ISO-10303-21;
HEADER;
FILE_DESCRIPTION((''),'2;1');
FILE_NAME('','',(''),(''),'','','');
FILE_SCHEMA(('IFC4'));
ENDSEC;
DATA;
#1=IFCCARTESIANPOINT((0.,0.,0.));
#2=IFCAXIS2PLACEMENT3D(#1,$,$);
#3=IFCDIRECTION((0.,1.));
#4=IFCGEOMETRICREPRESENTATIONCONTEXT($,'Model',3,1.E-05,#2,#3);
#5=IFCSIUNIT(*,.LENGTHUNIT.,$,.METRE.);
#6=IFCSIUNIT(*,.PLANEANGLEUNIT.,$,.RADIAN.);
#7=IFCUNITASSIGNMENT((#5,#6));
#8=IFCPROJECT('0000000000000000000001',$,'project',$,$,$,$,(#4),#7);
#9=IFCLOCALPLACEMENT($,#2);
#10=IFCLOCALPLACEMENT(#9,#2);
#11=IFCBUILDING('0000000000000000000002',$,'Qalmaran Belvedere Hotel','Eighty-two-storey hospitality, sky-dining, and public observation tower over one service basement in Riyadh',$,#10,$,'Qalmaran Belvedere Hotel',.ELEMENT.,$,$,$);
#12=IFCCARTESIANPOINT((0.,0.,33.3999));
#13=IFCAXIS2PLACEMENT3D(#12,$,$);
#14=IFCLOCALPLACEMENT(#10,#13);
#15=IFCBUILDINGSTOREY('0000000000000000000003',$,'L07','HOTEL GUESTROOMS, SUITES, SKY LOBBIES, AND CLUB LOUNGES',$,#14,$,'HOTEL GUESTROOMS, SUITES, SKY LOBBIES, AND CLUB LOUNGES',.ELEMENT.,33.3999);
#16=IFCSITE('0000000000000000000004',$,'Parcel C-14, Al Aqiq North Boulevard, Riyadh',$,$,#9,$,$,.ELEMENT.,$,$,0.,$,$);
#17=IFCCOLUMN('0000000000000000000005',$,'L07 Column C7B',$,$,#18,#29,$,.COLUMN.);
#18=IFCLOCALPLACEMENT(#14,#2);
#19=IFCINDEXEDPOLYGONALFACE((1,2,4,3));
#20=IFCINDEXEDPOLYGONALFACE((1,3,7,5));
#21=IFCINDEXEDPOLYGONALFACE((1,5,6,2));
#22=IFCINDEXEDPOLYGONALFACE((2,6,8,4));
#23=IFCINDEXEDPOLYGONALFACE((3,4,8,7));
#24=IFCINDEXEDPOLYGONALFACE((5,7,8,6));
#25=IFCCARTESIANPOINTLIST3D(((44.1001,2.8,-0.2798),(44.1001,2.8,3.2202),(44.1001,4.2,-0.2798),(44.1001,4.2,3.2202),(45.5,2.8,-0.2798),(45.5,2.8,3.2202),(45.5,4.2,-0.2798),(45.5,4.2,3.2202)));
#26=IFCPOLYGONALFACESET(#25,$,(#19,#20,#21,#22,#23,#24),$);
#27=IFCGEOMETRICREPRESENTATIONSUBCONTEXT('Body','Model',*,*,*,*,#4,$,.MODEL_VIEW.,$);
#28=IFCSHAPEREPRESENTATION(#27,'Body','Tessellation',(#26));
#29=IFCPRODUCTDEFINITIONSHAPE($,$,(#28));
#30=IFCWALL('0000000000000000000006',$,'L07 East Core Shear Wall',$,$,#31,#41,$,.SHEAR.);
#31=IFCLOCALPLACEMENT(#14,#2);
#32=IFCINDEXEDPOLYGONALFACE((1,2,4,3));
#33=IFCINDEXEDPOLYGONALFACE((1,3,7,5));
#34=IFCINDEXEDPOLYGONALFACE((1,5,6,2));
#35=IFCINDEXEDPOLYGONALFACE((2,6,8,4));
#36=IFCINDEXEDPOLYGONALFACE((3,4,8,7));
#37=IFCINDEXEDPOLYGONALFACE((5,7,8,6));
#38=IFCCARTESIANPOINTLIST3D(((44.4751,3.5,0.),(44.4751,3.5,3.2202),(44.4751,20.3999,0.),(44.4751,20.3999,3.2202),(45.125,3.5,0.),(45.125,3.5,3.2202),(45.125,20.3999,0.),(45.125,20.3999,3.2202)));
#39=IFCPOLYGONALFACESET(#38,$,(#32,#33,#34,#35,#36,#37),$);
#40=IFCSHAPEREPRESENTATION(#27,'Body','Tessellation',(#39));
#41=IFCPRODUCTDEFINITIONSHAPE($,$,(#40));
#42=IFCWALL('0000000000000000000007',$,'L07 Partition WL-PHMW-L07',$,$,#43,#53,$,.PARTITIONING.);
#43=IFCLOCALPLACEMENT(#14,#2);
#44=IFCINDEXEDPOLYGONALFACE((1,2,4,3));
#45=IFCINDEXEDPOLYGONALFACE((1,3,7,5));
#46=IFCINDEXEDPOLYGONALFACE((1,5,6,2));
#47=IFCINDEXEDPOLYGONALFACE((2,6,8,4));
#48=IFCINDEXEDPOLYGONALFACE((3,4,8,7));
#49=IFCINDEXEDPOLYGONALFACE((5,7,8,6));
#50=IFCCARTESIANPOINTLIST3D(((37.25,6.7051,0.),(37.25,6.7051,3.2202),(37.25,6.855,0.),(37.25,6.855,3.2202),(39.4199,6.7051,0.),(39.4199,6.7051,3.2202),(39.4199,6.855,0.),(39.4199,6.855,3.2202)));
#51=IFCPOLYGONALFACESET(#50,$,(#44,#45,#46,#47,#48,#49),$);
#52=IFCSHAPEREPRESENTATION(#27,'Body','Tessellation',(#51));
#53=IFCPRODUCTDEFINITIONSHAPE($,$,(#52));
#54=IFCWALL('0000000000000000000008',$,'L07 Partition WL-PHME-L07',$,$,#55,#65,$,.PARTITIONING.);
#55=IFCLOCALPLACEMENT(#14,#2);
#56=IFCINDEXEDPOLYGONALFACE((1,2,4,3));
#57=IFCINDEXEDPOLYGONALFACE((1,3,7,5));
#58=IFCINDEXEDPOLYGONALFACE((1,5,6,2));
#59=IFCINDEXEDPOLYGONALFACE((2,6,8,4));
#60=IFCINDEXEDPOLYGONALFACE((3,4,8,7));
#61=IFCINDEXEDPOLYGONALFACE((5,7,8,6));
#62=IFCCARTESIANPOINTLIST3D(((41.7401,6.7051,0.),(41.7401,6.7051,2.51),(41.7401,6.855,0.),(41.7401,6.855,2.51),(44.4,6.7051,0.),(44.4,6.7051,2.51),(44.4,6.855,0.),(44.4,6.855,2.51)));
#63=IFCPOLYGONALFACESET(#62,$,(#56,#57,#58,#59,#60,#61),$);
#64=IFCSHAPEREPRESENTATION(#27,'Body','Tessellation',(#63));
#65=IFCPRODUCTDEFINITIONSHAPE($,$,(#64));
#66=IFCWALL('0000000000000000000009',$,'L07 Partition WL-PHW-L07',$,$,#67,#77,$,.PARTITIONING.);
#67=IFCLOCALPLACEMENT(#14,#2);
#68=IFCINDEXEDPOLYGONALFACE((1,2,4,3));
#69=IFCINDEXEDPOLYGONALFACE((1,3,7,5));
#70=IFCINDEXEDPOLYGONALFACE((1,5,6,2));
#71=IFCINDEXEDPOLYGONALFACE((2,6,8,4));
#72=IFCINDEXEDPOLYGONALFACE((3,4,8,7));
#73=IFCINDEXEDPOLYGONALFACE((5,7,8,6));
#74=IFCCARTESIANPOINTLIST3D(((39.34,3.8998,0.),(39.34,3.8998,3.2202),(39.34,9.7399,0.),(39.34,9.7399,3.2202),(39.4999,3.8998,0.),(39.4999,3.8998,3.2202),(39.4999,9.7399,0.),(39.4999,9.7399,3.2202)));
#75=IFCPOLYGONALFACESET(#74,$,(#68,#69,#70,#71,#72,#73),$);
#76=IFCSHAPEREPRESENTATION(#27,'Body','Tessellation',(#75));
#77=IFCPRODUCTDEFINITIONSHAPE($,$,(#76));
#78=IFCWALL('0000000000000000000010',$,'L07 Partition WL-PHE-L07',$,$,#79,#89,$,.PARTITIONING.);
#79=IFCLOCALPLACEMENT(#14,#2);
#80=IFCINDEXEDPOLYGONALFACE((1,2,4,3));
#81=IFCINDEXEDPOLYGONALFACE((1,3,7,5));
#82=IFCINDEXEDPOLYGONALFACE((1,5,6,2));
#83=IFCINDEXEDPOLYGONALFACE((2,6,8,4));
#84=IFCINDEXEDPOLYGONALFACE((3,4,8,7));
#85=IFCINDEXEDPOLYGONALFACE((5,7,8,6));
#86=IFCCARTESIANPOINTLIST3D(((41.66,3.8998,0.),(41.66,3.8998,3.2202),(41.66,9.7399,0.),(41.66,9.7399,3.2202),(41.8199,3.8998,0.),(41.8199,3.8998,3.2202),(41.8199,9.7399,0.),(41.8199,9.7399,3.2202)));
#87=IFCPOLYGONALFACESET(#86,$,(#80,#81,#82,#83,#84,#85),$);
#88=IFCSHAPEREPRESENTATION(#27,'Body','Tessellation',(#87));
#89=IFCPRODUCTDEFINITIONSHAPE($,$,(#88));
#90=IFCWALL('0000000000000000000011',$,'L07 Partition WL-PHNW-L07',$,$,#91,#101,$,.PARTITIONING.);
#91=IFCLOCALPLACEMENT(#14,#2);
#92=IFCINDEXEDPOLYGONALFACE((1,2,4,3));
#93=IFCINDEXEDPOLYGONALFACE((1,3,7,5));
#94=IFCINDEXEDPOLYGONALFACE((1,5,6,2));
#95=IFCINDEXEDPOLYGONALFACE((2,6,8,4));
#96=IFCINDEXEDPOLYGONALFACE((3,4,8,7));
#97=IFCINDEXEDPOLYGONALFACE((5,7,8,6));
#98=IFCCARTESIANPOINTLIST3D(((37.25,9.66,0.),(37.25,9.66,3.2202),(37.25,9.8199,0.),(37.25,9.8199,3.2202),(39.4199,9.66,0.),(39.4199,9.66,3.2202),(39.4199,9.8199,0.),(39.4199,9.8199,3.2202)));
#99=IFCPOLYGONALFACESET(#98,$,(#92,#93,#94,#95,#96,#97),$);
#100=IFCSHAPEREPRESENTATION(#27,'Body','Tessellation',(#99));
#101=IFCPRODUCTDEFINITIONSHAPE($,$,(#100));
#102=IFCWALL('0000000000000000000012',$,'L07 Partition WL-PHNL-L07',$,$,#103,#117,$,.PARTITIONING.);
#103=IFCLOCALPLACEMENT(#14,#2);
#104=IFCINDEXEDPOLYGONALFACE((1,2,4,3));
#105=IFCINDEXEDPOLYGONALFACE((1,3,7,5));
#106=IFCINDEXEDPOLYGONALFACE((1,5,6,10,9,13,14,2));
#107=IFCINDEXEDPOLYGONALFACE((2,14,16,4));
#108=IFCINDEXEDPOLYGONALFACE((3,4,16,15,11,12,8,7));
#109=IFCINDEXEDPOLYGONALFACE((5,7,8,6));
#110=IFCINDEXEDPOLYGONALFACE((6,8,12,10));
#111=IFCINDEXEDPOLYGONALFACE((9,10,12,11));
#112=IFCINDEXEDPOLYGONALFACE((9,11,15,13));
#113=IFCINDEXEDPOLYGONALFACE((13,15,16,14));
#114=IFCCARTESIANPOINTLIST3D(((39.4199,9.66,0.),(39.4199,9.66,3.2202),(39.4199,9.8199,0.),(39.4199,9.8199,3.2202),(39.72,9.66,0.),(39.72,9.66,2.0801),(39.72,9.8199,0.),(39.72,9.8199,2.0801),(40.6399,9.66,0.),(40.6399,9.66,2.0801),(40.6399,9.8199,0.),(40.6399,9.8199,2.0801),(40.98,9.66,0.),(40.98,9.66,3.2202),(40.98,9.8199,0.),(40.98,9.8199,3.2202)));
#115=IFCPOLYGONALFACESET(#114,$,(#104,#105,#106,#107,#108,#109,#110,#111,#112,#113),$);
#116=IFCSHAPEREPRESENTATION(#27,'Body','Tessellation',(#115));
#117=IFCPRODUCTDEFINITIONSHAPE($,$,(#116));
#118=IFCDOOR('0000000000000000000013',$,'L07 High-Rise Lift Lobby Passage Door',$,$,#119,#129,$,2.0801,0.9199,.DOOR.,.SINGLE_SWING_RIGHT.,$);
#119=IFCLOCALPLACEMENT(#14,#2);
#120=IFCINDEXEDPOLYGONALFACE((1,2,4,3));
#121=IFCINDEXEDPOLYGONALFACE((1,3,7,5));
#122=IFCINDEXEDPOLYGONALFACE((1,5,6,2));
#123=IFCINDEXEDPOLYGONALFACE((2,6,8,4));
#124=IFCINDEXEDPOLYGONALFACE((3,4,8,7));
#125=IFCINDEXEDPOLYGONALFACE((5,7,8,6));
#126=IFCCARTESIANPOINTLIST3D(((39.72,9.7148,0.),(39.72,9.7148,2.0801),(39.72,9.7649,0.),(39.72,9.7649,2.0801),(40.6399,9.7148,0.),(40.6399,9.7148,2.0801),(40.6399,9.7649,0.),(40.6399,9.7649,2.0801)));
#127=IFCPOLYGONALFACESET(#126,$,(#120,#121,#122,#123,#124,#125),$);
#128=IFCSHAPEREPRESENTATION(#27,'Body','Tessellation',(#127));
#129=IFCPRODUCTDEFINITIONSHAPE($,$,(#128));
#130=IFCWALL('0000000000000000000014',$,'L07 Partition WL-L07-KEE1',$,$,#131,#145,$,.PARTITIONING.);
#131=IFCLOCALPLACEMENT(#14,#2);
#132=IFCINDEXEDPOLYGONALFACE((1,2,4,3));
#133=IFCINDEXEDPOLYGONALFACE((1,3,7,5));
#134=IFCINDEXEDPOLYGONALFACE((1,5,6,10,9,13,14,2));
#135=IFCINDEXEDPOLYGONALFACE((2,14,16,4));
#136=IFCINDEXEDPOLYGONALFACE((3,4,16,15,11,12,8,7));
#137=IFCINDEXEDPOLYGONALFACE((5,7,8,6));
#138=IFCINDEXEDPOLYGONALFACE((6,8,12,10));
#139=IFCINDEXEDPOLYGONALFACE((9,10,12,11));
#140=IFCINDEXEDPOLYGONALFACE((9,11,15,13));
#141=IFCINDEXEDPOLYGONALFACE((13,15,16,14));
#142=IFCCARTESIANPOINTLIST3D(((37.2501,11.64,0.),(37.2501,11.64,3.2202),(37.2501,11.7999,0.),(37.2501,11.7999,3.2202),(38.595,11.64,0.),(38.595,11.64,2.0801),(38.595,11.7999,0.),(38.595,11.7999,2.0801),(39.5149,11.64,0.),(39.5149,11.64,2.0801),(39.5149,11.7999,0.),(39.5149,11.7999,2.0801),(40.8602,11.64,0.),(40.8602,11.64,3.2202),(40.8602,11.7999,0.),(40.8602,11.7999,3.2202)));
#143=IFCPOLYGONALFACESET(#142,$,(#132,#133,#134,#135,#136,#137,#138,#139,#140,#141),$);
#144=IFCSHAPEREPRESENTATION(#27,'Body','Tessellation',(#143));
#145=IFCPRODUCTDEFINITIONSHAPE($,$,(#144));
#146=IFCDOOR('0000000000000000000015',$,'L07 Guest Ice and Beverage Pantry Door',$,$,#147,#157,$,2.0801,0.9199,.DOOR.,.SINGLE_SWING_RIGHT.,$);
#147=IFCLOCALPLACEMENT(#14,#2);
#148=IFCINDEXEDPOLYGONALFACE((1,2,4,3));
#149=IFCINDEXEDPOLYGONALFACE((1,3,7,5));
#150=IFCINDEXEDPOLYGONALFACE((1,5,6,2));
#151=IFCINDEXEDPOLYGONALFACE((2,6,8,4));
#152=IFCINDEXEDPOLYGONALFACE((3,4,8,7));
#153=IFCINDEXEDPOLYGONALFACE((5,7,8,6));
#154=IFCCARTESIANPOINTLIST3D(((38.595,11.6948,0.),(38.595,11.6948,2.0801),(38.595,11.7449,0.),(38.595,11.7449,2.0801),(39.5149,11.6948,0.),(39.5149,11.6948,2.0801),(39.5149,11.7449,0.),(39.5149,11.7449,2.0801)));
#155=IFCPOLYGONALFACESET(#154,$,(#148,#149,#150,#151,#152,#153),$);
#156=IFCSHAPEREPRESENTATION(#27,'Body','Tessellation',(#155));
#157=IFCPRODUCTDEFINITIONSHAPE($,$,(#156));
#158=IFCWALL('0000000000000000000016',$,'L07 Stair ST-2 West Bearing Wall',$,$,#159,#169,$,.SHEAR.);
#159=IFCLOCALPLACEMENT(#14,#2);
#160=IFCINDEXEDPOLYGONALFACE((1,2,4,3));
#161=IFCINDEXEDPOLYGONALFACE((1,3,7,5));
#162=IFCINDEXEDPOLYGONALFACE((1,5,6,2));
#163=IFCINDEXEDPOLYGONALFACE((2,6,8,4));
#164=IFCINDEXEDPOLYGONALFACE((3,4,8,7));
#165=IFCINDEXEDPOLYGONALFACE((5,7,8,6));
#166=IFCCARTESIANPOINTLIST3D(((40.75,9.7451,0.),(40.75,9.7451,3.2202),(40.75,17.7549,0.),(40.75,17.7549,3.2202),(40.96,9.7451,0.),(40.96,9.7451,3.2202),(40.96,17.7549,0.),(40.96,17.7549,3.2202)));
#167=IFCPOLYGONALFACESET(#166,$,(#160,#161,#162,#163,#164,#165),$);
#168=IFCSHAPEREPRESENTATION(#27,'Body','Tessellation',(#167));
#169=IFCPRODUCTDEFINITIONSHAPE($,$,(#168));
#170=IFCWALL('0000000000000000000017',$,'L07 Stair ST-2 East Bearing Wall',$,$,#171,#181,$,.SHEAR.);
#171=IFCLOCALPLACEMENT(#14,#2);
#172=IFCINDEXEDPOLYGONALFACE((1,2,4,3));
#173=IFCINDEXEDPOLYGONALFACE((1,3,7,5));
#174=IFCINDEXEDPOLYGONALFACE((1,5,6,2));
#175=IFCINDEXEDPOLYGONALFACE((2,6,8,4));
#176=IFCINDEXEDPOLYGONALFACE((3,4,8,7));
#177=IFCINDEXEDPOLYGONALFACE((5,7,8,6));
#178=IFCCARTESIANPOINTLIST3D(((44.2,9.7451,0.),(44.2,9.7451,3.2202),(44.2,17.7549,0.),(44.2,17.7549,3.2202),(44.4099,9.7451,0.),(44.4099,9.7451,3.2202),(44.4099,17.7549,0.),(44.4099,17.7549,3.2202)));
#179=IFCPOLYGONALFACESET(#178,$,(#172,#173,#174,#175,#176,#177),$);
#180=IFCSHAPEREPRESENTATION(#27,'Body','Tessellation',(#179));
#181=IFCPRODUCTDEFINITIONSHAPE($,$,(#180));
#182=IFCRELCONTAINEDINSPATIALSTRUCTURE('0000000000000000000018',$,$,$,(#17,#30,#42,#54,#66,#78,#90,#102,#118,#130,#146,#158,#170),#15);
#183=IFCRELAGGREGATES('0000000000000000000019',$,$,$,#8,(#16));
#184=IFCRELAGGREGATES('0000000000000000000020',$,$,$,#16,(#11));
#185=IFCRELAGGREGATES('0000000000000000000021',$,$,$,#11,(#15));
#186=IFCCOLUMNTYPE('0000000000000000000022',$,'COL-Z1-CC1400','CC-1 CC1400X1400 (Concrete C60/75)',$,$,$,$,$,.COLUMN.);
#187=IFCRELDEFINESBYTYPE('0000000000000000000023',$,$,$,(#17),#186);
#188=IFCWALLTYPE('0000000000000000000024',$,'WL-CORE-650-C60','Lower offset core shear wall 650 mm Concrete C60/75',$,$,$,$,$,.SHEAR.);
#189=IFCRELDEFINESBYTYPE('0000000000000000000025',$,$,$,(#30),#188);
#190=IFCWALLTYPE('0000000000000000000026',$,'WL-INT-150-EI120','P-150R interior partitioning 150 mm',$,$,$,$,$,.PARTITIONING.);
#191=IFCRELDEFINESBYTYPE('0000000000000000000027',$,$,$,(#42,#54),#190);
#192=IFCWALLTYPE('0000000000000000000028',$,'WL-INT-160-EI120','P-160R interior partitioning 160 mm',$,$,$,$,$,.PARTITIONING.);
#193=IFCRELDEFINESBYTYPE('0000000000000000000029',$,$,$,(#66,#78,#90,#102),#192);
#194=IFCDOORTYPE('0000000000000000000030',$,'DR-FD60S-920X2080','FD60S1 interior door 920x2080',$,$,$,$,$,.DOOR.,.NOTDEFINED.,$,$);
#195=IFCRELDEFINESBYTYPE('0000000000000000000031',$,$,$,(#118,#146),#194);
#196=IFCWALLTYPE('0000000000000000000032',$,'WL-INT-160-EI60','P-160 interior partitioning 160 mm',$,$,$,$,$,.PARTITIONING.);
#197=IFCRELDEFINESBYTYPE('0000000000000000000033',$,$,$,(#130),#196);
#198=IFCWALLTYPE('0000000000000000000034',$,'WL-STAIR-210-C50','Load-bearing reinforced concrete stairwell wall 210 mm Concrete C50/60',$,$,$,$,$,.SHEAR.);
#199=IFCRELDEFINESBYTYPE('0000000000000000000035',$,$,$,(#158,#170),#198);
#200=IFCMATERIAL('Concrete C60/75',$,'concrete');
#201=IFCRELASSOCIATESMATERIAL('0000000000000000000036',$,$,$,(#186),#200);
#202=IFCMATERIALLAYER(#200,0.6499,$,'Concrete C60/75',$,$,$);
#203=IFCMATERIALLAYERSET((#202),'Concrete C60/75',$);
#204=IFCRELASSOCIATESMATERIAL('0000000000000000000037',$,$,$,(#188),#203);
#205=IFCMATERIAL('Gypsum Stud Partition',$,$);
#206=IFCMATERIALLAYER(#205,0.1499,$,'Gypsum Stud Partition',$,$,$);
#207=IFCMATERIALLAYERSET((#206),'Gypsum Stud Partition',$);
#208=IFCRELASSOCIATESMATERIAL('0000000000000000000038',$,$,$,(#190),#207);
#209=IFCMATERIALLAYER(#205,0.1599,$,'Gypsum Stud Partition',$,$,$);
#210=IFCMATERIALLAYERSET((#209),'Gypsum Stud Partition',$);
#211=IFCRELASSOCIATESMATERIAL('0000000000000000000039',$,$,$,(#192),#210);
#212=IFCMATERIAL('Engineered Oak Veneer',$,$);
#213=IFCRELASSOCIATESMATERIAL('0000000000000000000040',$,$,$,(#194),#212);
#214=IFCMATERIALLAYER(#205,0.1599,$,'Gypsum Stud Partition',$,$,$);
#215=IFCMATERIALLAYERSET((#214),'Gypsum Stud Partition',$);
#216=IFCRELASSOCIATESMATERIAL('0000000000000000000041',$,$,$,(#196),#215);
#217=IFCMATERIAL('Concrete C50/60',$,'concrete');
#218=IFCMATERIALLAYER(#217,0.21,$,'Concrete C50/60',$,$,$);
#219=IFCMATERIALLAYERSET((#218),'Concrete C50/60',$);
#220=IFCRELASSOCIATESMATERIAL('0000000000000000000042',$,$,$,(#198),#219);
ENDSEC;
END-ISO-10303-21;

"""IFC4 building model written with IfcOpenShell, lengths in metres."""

from ifc_helpers import new_model, si_unit, direction, frame, frame_2d, origin, origin_2d, place, context, subcontext, project, spatial, rectangle, extrude, material, layer, layer_set, material_profile, profile_set, type_object, element, fill, save


model = new_model("IFC4")

# Units and contexts
model_context = context("Model", 3, precision=1e-05, world=origin(), true_north=direction((0.0, 1.0)))
body_context = subcontext(model_context, "Body", "Model", "MODEL_VIEW")
ifc_project = project(units=[si_unit("LENGTHUNIT", "METRE"), si_unit("PLANEANGLEUNIT", "RADIAN")], contexts=[model_context])

# Site, building, storey
site_placement = place(None, origin())
site = spatial("IfcSite", under=ifc_project, at=site_placement, Name="Parcel C-14, Al Aqiq North Boulevard, Riyadh", CompositionType="ELEMENT", RefElevation=0.0)
building_placement = place(site_placement, origin())
building = spatial("IfcBuilding", under=site, at=building_placement, Name="Qalmaran Belvedere Hotel", Description="Eighty-two-storey hospitality, sky-dining, and public observation tower over one service basement in Riyadh", LongName="Qalmaran Belvedere Hotel", CompositionType="ELEMENT")
storey_placement = place(building_placement, frame((0.0, 0.0, 33.3999)))
storey = spatial("IfcBuildingStorey", under=building, at=storey_placement, Name="L07", Description="HOTEL GUESTROOMS, SUITES, SKY LOBBIES, AND CLUB LOUNGES", LongName="HOTEL GUESTROOMS, SUITES, SKY LOBBIES, AND CLUB LOUNGES", CompositionType="ELEMENT", Elevation=33.3999)

# Column
ifc_material_1 = material(Name="Concrete C60/75", Category="concrete")
ifc_material_profile = material_profile(ifc_material_1, rectangle(XDim=1.3999, YDim=1.3999, at=origin_2d()), Name="CC1400X1400")
ifc_profile_set = profile_set([ifc_material_profile], Name="Concrete C60/75")
column_type = type_object("IfcColumnType", Name="COL-Z1-CC1400", Description="CC-1 CC1400X1400 (Concrete C60/75)", PredefinedType="COLUMN", material=ifc_profile_set)
column_placement = place(storey_placement, frame((44.8, 3.5, -0.2798), z_axis=(0.0, 0.0, 1.0), x_axis=(1.0, 0.0, 0.0)))
element("IfcColumn", 1, at=column_placement, inside=storey, type_object=column_type, Name="L07 Column C7B", PredefinedType="COLUMN", context=body_context, shape_type="SweptSolid", body=[
    extrude(rectangle(XDim=1.3999, YDim=1.3999, at=origin_2d()), origin(), (0.0, 0.0, 1.0), 3.5),
])

# Walls
ifc_layer_1 = layer(ifc_material_1, 0.6499, Name="Concrete C60/75")
ifc_layer_set_1 = layer_set([ifc_layer_1], Name="Concrete C60/75")
wall_type_1 = type_object("IfcWallType", Name="WL-CORE-650-C60", Description="Lower offset core shear wall 650 mm Concrete C60/75", PredefinedType="SHEAR", material=ifc_layer_set_1)
wall_1_placement = place(storey_placement, frame((44.8, 3.5, 0.0), z_axis=(0.0, 0.0, 1.0), x_axis=(0.0, 1.0, 0.0)))
element("IfcWall", 2, at=wall_1_placement, inside=storey, type_object=wall_type_1, Name="L07 East Core Shear Wall", PredefinedType="SHEAR", context=body_context, shape_type="SweptSolid", body=[
    extrude(rectangle(XDim=16.8999, YDim=0.6499, at=frame_2d((8.45, 0.0))), origin(), (0.0, 0.0, 1.0), 3.2202),
])
ifc_material_2 = material(Name="Gypsum Stud Partition")
ifc_layer_2 = layer(ifc_material_2, 0.1499, Name="Gypsum Stud Partition")
ifc_layer_set_2 = layer_set([ifc_layer_2], Name="Gypsum Stud Partition")
wall_type_2 = type_object("IfcWallType", Name="WL-INT-150-EI120", Description="P-150R interior partitioning 150 mm", PredefinedType="PARTITIONING", material=ifc_layer_set_2)
wall_2_placement = place(storey_placement, frame((37.25, 6.78, 0.0), z_axis=(0.0, 0.0, 1.0), x_axis=(1.0, 0.0, 0.0)))
element("IfcWall", 3, at=wall_2_placement, inside=storey, type_object=wall_type_2, Name="L07 Partition WL-PHMW-L07", PredefinedType="PARTITIONING", context=body_context, shape_type="SweptSolid", body=[
    extrude(rectangle(XDim=2.1699, YDim=0.1499, at=frame_2d((1.085, 0.0))), origin(), (0.0, 0.0, 1.0), 3.2202),
])
wall_3_placement = place(storey_placement, frame((41.74, 6.78, 0.0), z_axis=(0.0, 0.0, 1.0), x_axis=(1.0, 0.0, 0.0)))
element("IfcWall", 4, at=wall_3_placement, inside=storey, type_object=wall_type_2, Name="L07 Partition WL-PHME-L07", PredefinedType="PARTITIONING", context=body_context, shape_type="SweptSolid", body=[
    extrude(rectangle(XDim=2.6599, YDim=0.1499, at=frame_2d((1.3301, 0.0))), origin(), (0.0, 0.0, 1.0), 2.51),
])
ifc_layer_3 = layer(ifc_material_2, 0.1599, Name="Gypsum Stud Partition")
ifc_layer_set_3 = layer_set([ifc_layer_3], Name="Gypsum Stud Partition")
wall_type_3 = type_object("IfcWallType", Name="WL-INT-160-EI120", Description="P-160R interior partitioning 160 mm", PredefinedType="PARTITIONING", material=ifc_layer_set_3)
for number, where, z_axis, x_axis, name in (
    (5, (39.4199, 3.8999, 0.0), (0.0, 0.0, 1.0), (0.0, 1.0, 0.0), "L07 Partition WL-PHW-L07"),
    (6, (41.74, 3.8999, 0.0), (0.0, 0.0, 1.0), (0.0, 1.0, 0.0), "L07 Partition WL-PHE-L07"),
):
    element("IfcWall", number, at=place(storey_placement, frame(where, z_axis=z_axis, x_axis=x_axis)), inside=storey, type_object=wall_type_3, Name=name, PredefinedType="PARTITIONING", context=body_context, shape_type="SweptSolid", body=[
        extrude(rectangle(XDim=5.8401, YDim=0.1599, at=frame_2d((2.9199, 0.0))), origin(), (0.0, 0.0, 1.0), 3.2202),
    ])
wall_4_placement = place(storey_placement, frame((37.25, 9.74, 0.0), z_axis=(0.0, 0.0, 1.0), x_axis=(1.0, 0.0, 0.0)))
element("IfcWall", 7, at=wall_4_placement, inside=storey, type_object=wall_type_3, Name="L07 Partition WL-PHNW-L07", PredefinedType="PARTITIONING", context=body_context, shape_type="SweptSolid", body=[
    extrude(rectangle(XDim=2.1699, YDim=0.1599, at=frame_2d((1.085, 0.0))), origin(), (0.0, 0.0, 1.0), 3.2202),
])

# Walls, openings, doors
wall_5_placement = place(storey_placement, frame((39.4199, 9.74, 0.0), z_axis=(0.0, 0.0, 1.0), x_axis=(1.0, 0.0, 0.0)))
wall_5 = element("IfcWall", 8, at=wall_5_placement, inside=storey, type_object=wall_type_3, Name="L07 Partition WL-PHNL-L07", PredefinedType="PARTITIONING", context=body_context, shape_type="SweptSolid", body=[
    extrude(rectangle(XDim=1.5601, YDim=0.1599, at=frame_2d((0.78, 0.0))), origin(), (0.0, 0.0, 1.0), 3.2202),
])
opening_1_placement = place(wall_5_placement, frame((0.3, 0.0, 0.0)))
opening_1 = element("IfcOpeningElement", 9, at=opening_1_placement, cuts=wall_5, PredefinedType="OPENING", context=body_context, shape_type="SweptSolid", body=[
    extrude(rectangle(XDim=0.9199, YDim=2.0801, at=frame_2d((0.46, 1.04))), frame((0.0, 0.0898, 0.0), z_axis=(0.0, -1.0, 0.0), x_axis=(1.0, 0.0, 0.0)), (0.0, 0.0, 1.0), 0.1799),
])
ifc_material_3 = material(Name="Engineered Oak Veneer")
door_type = type_object("IfcDoorType", Name="DR-FD60S-920X2080", Description="FD60S1 interior door 920x2080", OperationType="NOTDEFINED", PredefinedType="DOOR", material=ifc_material_3)
door_1_placement = place(opening_1_placement, origin())
door_1 = element("IfcDoor", 10, at=door_1_placement, inside=storey, type_object=door_type, Name="L07 High-Rise Lift Lobby Passage Door", OperationType="SINGLE_SWING_RIGHT", OverallHeight=2.0801, OverallWidth=0.9199, PredefinedType="DOOR", context=body_context, shape_type="SweptSolid", body=[
    extrude(rectangle(XDim=0.9199, YDim=2.0801, at=frame_2d((0.46, 1.04))), frame((0.0, 0.0249, 0.0), z_axis=(0.0, -1.0, 0.0), x_axis=(1.0, 0.0, 0.0)), (0.0, 0.0, 1.0), 0.05),
])
fill(opening_1, door_1)
ifc_layer_4 = layer(ifc_material_2, 0.1599, Name="Gypsum Stud Partition")
ifc_layer_set_4 = layer_set([ifc_layer_4], Name="Gypsum Stud Partition")
wall_type_4 = type_object("IfcWallType", Name="WL-INT-160-EI60", Description="P-160 interior partitioning 160 mm", PredefinedType="PARTITIONING", material=ifc_layer_set_4)
wall_6_placement = place(storey_placement, frame((37.25, 11.72, 0.0), z_axis=(0.0, 0.0, 1.0), x_axis=(1.0, 0.0, 0.0)))
wall_6 = element("IfcWall", 11, at=wall_6_placement, inside=storey, type_object=wall_type_4, Name="L07 Partition WL-L07-KEE1", PredefinedType="PARTITIONING", context=body_context, shape_type="SweptSolid", body=[
    extrude(rectangle(XDim=3.6101, YDim=0.1599, at=frame_2d((1.8052, 0.0))), origin(), (0.0, 0.0, 1.0), 3.2202),
])
opening_2_placement = place(wall_6_placement, frame((1.345, 0.0, 0.0)))
opening_2 = element("IfcOpeningElement", 12, at=opening_2_placement, cuts=wall_6, PredefinedType="OPENING", context=body_context, shape_type="SweptSolid", body=[
    extrude(rectangle(XDim=0.9199, YDim=2.0801, at=frame_2d((0.46, 1.04))), frame((0.0, 0.0898, 0.0), z_axis=(0.0, -1.0, 0.0), x_axis=(1.0, 0.0, 0.0)), (0.0, 0.0, 1.0), 0.1799),
])
door_2_placement = place(opening_2_placement, origin())
door_2 = element("IfcDoor", 13, at=door_2_placement, inside=storey, type_object=door_type, Name="L07 Guest Ice and Beverage Pantry Door", OperationType="SINGLE_SWING_RIGHT", OverallHeight=2.0801, OverallWidth=0.9199, PredefinedType="DOOR", context=body_context, shape_type="SweptSolid", body=[
    extrude(rectangle(XDim=0.9199, YDim=2.0801, at=frame_2d((0.46, 1.04))), frame((0.0, 0.0249, 0.0), z_axis=(0.0, -1.0, 0.0), x_axis=(1.0, 0.0, 0.0)), (0.0, 0.0, 1.0), 0.05),
])
fill(opening_2, door_2)

# Walls
ifc_material_4 = material(Name="Concrete C50/60", Category="concrete")
ifc_layer_5 = layer(ifc_material_4, 0.21, Name="Concrete C50/60")
ifc_layer_set_5 = layer_set([ifc_layer_5], Name="Concrete C50/60")
wall_type_5 = type_object("IfcWallType", Name="WL-STAIR-210-C50", Description="Load-bearing reinforced concrete stairwell wall 210 mm Concrete C50/60", PredefinedType="SHEAR", material=ifc_layer_set_5)
for number, where, z_axis, x_axis, name in (
    (14, (40.855, 9.7451, 0.0), (0.0, 0.0, 1.0), (0.0, 1.0, 0.0), "L07 Stair ST-2 West Bearing Wall"),
    (15, (44.3049, 9.7451, 0.0), (0.0, 0.0, 1.0), (0.0, 1.0, 0.0), "L07 Stair ST-2 East Bearing Wall"),
):
    element("IfcWall", number, at=place(storey_placement, frame(where, z_axis=z_axis, x_axis=x_axis)), inside=storey, type_object=wall_type_5, Name=name, PredefinedType="SHEAR", context=body_context, shape_type="SweptSolid", body=[
        extrude(rectangle(XDim=8.0098, YDim=0.21, at=frame_2d((4.0049, 0.0))), origin(), (0.0, 0.0, 1.0), 3.2202),
    ])

save(model, "model.ifc")
